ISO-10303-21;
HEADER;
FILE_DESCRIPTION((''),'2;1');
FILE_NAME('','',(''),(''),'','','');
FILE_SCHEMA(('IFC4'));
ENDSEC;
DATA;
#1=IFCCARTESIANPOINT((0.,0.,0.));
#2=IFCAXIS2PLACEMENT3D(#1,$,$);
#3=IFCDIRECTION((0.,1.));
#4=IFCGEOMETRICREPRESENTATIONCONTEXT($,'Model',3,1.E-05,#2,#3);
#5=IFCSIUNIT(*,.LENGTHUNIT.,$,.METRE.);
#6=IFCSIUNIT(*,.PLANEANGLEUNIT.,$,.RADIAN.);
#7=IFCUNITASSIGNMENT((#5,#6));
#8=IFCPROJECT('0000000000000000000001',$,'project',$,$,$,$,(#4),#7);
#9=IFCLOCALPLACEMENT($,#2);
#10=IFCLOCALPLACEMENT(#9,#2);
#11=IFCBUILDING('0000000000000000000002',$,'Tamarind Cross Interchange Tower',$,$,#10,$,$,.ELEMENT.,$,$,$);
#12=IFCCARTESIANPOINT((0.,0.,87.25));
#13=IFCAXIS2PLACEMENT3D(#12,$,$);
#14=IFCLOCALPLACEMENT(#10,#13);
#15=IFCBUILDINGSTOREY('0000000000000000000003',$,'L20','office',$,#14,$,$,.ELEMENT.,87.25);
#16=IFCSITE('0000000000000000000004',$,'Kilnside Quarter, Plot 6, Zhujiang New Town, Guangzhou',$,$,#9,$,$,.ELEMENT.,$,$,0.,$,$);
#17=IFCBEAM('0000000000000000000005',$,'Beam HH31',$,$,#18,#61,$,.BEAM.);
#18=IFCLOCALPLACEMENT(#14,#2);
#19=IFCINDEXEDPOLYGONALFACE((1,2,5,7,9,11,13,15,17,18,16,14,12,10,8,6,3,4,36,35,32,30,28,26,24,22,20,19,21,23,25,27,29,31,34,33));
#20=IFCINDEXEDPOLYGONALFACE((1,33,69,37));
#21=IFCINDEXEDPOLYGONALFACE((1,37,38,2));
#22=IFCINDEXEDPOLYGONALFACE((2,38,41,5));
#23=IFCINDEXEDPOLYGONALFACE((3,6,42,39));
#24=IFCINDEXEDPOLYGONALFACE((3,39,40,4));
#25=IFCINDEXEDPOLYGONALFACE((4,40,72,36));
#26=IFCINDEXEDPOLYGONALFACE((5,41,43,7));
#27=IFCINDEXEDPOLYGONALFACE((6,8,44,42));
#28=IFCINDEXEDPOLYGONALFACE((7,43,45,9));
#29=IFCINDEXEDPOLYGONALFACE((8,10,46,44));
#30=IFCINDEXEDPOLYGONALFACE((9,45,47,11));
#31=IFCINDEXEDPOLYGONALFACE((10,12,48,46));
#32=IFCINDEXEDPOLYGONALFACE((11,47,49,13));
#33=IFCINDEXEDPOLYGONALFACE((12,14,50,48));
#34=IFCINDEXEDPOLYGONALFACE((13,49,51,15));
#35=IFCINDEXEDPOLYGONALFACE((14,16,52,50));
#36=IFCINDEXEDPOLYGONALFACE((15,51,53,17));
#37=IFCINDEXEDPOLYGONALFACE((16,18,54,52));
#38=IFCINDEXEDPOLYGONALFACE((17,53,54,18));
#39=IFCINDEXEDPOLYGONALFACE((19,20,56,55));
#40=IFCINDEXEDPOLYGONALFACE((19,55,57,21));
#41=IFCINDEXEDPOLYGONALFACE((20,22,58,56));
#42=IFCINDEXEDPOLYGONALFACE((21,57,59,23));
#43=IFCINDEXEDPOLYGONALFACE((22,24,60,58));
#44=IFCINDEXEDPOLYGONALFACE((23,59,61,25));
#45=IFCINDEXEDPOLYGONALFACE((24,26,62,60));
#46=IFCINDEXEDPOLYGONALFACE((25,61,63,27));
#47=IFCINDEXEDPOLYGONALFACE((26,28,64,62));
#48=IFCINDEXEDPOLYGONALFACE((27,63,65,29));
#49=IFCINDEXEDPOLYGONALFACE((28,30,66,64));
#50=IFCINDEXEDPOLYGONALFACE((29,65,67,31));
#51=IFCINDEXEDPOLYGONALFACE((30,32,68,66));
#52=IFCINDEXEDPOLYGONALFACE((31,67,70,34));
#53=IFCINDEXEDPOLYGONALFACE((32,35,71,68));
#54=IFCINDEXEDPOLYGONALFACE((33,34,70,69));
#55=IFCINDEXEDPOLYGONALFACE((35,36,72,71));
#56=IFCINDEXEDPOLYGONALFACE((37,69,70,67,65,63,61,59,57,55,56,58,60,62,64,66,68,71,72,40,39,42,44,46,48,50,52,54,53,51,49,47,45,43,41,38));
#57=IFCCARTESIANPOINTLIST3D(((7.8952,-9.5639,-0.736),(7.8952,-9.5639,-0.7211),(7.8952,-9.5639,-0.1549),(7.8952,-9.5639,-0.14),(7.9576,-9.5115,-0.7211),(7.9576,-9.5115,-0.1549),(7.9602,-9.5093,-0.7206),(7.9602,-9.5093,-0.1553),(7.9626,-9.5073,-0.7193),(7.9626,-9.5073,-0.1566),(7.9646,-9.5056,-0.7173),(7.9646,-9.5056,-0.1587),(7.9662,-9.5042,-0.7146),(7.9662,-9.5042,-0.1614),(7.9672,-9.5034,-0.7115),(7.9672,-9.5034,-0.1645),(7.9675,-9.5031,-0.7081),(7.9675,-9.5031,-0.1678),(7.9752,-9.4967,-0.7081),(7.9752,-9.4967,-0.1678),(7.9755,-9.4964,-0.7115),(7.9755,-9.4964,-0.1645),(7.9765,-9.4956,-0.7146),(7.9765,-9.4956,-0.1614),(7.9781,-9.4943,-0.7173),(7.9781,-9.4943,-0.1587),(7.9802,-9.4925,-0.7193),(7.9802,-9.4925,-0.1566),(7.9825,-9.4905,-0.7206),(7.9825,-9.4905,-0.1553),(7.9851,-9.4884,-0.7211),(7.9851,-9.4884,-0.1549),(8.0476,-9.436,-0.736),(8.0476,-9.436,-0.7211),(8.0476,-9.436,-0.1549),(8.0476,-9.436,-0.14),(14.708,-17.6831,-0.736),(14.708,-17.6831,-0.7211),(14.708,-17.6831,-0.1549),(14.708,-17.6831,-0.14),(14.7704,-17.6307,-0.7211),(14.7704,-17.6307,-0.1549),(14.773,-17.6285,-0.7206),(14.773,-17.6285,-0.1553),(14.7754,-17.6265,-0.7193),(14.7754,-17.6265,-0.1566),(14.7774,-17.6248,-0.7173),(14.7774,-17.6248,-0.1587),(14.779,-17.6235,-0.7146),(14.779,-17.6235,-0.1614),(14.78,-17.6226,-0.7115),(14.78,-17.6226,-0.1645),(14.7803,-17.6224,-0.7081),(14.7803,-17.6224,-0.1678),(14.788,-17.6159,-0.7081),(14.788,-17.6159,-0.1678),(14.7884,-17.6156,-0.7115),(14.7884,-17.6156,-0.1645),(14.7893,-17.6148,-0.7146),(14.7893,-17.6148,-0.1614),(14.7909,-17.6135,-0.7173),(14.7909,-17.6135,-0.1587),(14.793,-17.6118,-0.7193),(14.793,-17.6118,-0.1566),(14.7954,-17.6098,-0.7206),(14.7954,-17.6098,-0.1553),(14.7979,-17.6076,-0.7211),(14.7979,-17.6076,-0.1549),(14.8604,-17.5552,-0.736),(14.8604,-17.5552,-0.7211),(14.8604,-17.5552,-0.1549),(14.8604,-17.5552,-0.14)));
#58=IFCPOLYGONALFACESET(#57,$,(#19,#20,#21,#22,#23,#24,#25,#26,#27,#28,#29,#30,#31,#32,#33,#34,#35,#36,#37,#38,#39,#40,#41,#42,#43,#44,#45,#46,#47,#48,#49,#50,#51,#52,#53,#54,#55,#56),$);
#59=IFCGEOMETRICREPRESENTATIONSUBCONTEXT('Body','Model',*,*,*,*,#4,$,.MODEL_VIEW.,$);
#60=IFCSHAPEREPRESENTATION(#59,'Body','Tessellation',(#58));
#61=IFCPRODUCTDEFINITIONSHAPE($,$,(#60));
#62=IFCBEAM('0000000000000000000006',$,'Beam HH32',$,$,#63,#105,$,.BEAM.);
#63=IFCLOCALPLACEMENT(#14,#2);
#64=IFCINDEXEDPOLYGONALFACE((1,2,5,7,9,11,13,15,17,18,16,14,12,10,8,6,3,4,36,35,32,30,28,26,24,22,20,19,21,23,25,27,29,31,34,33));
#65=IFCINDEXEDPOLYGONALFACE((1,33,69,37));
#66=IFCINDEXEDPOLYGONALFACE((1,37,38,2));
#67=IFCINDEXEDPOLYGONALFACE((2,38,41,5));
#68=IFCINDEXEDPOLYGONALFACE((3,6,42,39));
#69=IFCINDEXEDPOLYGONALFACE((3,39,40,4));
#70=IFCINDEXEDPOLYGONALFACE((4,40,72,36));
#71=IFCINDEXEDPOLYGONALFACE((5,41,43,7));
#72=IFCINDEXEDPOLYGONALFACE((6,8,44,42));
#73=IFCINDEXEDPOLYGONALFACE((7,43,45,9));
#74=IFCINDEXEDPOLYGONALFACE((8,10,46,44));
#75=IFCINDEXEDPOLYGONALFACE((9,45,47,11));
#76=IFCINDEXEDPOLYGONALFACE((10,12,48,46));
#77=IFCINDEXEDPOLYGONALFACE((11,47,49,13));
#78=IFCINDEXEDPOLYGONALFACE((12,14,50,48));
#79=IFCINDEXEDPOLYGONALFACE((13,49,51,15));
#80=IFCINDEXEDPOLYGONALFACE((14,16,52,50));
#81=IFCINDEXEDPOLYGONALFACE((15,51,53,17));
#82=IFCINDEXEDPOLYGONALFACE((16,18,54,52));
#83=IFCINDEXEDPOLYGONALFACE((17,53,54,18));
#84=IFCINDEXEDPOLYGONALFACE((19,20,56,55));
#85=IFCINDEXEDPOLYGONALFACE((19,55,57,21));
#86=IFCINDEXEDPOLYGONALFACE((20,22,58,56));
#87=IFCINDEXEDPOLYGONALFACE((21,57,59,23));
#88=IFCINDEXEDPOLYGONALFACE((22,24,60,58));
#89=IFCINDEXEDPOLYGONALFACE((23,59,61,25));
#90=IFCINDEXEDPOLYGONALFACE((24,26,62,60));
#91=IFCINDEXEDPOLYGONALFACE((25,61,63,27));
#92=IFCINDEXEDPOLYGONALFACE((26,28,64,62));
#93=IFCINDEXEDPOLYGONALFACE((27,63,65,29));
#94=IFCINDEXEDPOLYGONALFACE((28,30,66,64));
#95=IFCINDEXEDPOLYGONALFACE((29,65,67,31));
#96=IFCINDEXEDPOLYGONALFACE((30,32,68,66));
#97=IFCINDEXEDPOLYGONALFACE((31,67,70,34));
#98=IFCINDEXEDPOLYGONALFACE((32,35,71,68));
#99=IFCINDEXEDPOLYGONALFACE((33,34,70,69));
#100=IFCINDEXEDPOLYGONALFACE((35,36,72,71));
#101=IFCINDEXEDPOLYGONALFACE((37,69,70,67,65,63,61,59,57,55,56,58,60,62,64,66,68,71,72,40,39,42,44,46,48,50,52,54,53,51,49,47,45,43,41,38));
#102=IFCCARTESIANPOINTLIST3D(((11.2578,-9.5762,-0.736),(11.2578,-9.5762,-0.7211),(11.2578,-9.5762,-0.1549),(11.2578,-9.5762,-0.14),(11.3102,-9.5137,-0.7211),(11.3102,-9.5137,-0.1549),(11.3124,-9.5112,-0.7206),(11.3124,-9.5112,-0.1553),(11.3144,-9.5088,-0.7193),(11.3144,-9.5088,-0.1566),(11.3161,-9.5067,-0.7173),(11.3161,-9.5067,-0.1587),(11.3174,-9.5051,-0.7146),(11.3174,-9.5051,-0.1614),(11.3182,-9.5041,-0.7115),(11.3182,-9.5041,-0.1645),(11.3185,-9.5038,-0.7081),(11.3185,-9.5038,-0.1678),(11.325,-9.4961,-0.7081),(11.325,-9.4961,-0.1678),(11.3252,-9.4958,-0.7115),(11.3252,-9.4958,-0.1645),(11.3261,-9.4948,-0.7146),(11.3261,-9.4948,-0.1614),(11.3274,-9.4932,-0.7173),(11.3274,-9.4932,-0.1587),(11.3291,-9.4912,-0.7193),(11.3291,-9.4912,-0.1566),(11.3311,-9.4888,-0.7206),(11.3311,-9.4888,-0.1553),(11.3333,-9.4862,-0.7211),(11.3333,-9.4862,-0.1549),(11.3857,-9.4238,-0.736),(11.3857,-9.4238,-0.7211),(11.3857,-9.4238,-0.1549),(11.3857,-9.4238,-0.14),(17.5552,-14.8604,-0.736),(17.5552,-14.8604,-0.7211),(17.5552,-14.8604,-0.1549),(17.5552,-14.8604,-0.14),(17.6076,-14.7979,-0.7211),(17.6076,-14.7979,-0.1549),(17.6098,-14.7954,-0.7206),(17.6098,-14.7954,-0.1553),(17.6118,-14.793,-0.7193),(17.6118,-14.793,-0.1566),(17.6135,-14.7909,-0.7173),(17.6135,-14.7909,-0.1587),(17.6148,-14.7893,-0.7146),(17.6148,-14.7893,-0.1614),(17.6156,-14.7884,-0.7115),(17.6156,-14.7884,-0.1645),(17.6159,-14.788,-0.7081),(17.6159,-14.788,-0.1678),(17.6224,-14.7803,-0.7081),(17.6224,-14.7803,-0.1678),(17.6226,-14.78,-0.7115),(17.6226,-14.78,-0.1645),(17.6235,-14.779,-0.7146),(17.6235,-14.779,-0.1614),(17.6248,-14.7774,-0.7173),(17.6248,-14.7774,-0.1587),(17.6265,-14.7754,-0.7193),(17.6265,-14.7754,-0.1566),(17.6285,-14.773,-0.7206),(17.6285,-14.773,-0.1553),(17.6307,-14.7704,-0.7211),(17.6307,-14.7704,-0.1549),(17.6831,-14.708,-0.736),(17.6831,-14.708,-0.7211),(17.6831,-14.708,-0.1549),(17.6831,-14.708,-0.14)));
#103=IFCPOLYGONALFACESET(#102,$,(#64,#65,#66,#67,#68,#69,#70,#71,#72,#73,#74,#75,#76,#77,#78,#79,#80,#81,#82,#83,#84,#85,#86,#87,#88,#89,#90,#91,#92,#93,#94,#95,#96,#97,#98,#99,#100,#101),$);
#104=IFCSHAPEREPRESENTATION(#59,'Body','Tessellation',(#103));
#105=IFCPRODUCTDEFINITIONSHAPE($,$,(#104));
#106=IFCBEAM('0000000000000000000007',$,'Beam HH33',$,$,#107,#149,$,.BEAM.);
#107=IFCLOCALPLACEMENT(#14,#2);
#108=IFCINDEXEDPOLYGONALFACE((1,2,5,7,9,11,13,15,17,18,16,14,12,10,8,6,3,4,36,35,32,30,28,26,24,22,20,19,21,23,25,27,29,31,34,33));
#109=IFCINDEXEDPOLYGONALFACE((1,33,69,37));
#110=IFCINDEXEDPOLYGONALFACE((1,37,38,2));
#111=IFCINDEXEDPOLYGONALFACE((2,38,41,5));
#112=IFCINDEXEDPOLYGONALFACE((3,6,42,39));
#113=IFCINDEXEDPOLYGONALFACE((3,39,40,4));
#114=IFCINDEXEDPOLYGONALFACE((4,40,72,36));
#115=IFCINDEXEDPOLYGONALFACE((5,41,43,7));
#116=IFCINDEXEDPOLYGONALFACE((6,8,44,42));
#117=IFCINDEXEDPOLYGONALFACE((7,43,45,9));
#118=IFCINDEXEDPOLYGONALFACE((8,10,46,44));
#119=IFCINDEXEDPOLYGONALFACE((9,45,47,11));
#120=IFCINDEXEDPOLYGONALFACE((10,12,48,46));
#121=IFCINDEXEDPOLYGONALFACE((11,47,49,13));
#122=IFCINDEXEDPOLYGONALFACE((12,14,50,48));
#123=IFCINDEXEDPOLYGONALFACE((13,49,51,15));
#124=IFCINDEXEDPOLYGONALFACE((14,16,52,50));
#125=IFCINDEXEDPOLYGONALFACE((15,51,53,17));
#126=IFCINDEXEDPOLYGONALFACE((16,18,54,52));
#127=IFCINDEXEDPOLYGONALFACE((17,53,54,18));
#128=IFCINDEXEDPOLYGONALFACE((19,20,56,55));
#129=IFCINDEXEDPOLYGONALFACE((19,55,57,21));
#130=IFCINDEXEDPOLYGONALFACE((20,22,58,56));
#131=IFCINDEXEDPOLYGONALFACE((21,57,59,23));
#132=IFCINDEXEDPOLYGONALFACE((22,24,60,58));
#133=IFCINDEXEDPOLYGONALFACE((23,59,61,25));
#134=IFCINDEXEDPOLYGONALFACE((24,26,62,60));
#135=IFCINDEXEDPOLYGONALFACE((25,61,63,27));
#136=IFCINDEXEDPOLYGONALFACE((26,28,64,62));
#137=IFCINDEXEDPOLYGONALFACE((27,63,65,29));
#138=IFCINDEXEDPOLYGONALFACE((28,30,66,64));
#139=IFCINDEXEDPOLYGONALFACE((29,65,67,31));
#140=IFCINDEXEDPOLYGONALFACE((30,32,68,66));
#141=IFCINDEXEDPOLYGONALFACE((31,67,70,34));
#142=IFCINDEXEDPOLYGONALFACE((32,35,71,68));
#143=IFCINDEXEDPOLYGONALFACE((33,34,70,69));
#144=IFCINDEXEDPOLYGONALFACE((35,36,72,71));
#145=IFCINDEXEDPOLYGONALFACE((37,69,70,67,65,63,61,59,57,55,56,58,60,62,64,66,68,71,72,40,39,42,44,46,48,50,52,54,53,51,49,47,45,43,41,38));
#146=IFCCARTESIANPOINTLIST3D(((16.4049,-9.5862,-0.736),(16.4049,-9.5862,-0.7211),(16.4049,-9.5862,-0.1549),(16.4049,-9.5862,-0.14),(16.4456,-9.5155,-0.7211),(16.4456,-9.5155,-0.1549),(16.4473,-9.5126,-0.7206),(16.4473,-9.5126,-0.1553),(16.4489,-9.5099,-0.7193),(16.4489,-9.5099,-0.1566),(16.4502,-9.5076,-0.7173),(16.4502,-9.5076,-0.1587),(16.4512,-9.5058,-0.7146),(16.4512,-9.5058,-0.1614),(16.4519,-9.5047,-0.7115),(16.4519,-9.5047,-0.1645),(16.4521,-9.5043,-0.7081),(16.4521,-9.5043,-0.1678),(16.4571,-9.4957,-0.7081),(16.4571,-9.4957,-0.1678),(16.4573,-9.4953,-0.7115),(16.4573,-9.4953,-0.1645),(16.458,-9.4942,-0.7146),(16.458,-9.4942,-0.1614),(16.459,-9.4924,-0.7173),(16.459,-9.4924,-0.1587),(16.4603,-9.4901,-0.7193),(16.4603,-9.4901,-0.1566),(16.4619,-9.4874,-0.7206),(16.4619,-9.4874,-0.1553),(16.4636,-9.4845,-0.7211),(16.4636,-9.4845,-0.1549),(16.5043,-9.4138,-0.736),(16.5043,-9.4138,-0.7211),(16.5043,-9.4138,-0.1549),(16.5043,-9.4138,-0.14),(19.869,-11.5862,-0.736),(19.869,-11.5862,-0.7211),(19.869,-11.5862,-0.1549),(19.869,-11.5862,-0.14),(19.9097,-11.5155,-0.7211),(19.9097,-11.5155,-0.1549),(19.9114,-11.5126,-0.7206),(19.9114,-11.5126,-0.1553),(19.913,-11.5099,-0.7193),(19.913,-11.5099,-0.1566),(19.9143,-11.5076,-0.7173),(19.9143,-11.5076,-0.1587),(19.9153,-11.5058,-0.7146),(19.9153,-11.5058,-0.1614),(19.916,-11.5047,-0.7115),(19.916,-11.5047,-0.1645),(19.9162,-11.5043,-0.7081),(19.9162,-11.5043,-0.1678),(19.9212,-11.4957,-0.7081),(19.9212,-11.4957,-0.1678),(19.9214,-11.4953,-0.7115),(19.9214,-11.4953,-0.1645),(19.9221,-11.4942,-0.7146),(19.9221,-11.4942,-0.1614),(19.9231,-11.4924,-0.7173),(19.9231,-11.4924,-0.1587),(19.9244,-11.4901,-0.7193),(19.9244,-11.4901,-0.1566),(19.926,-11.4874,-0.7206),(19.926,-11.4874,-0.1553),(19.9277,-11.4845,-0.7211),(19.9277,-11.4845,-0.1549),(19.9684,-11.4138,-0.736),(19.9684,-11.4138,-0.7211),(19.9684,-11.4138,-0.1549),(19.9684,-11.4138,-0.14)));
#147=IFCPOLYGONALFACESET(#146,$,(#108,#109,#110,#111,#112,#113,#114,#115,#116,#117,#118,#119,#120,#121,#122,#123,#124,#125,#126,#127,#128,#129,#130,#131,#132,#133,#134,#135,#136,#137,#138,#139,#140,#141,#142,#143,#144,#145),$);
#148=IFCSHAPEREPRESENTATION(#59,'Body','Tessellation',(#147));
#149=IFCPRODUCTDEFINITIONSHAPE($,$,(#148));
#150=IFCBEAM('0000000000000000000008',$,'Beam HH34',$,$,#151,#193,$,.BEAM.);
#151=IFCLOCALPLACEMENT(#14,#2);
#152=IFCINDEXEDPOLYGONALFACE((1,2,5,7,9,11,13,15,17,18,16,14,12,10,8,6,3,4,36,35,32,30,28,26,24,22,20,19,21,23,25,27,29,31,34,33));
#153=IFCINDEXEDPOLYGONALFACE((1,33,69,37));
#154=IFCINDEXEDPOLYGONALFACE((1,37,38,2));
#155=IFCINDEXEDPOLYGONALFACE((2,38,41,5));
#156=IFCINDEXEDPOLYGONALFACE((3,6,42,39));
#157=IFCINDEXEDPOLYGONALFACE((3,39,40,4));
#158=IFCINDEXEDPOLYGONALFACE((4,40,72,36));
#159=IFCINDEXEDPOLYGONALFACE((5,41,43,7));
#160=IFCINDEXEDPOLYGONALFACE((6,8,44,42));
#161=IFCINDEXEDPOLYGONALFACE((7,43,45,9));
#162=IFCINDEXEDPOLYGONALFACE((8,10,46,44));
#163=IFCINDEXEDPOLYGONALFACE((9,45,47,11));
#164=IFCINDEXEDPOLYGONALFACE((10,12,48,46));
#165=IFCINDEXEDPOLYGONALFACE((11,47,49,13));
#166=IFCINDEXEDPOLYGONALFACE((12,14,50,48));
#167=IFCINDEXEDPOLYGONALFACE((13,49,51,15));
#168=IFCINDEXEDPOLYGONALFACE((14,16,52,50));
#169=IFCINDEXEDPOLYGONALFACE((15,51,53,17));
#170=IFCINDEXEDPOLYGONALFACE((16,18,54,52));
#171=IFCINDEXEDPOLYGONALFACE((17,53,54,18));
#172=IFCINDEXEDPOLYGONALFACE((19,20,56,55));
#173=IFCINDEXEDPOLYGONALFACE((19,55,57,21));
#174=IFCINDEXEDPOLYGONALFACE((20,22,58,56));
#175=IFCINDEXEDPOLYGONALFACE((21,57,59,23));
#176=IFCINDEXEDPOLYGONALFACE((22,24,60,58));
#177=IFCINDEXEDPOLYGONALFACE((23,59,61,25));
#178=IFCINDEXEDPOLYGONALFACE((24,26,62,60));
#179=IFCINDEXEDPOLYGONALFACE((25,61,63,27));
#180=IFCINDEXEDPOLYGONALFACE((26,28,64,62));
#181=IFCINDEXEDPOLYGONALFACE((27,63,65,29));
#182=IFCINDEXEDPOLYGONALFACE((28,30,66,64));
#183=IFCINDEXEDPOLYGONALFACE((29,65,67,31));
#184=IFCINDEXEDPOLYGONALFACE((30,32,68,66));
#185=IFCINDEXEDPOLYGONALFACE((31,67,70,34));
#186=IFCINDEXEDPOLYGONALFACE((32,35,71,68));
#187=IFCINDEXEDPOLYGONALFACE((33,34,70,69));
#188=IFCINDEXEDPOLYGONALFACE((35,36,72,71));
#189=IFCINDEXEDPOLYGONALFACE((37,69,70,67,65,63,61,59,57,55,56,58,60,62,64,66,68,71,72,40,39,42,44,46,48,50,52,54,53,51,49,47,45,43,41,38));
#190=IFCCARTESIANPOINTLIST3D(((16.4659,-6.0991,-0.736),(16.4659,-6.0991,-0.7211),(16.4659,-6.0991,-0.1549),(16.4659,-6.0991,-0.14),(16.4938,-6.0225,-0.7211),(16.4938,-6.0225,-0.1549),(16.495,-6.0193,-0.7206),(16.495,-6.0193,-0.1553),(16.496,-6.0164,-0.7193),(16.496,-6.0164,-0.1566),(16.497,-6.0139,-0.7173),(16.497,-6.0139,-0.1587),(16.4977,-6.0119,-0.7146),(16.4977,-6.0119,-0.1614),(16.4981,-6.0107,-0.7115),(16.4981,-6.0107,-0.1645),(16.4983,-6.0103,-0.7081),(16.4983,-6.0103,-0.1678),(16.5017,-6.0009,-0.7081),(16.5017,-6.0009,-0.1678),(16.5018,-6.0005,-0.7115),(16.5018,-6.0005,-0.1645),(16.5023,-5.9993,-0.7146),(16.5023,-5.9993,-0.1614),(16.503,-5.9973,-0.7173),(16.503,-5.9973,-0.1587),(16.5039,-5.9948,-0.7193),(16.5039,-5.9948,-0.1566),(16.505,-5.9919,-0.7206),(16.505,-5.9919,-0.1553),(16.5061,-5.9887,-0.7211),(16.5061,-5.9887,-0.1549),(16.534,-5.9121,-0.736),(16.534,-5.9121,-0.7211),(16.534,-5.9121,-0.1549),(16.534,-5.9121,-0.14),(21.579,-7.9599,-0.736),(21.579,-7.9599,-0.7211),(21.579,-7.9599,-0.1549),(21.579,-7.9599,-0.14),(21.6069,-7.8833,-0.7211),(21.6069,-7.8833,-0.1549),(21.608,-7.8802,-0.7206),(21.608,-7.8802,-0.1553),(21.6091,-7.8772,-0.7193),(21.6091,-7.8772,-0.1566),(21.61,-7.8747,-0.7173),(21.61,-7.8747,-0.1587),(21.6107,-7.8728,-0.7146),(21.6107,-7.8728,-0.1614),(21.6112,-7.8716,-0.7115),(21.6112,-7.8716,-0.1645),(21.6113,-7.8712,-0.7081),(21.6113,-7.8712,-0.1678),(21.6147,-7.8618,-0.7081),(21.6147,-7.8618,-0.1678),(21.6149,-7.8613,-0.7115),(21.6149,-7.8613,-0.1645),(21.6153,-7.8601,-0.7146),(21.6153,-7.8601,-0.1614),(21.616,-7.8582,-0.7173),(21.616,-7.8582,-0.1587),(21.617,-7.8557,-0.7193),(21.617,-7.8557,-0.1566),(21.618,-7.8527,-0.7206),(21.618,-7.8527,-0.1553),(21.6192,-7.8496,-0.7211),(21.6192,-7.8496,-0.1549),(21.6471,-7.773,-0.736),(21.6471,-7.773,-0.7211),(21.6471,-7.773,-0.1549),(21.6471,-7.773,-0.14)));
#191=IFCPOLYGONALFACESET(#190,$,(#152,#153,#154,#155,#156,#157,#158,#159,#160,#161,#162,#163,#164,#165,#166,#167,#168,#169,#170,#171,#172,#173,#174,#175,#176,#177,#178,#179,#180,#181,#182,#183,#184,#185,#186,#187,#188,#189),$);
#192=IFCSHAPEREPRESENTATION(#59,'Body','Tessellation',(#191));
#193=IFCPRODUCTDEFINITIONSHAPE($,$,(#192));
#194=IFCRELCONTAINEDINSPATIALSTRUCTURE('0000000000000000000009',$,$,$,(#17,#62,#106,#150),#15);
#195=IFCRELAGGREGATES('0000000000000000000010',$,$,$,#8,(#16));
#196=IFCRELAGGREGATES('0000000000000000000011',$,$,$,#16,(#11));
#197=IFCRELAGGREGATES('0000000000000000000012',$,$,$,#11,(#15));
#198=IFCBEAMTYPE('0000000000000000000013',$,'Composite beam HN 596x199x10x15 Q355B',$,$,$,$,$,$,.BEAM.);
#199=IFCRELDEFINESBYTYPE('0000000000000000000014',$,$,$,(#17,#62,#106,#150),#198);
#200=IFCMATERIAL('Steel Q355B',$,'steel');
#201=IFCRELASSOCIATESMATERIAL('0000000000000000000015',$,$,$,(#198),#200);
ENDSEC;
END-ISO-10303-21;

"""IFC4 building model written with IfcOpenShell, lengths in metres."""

from ifc_helpers import new_model, si_unit, direction, frame, origin, origin_2d, place, context, subcontext, project, spatial, i_section, extrude, material, material_profile, profile_set, type_object, element, save


model = new_model("IFC4")

# Units and contexts
model_context = context("Model", 3, precision=1e-05, world=origin(), true_north=direction((0.0, 1.0)))
body_context = subcontext(model_context, "Body", "Model", "MODEL_VIEW")
ifc_project = project(units=[si_unit("LENGTHUNIT", "METRE"), si_unit("PLANEANGLEUNIT", "RADIAN")], contexts=[model_context])

# Site, building, storey
site_placement = place(None, origin())
site = spatial("IfcSite", under=ifc_project, at=site_placement, Name="Kilnside Quarter, Plot 6, Zhujiang New Town, Guangzhou", CompositionType="ELEMENT", RefElevation=0.0)
building_placement = place(site_placement, origin())
building = spatial("IfcBuilding", under=site, at=building_placement, Name="Tamarind Cross Interchange Tower", CompositionType="ELEMENT")
storey_placement = place(building_placement, frame((0.0, 0.0, 87.25)))
storey = spatial("IfcBuildingStorey", under=building, at=storey_placement, Name="L20", Description="office", CompositionType="ELEMENT", Elevation=87.25)

# Beams
ifc_material_1 = material(Name="Steel Q355B", Category="steel")
ifc_material_profile_1 = material_profile(ifc_material_1, i_section(OverallWidth=0.199, OverallDepth=0.5959, WebThickness=0.01, FlangeThickness=0.0149, FilletRadius=0.0129, at=origin_2d()), Name="HN 596x199x10x15")
ifc_profile_set_1 = profile_set([ifc_material_profile_1], Name="Steel Q355B")
beam_type = type_object("IfcBeamType", Name="Composite beam HN 596x199x10x15 Q355B", PredefinedType="BEAM", material=ifc_profile_set_1)
beam_1_placement = place(storey_placement, frame((14.7842, -17.6191, -0.438), z_axis=(-0.642786, 0.766046, 0.0), x_axis=(-0.766046, -0.642786, 0.0)))
element("IfcBeam", 1, at=beam_1_placement, inside=storey, type_object=beam_type, Name="Beam HH31", PredefinedType="BEAM", context=body_context, shape_type="SweptSolid", body=[
    extrude(i_section(OverallWidth=0.199, OverallDepth=0.5959, WebThickness=0.01, FlangeThickness=0.0149, FilletRadius=0.0129, at=origin_2d()), origin(), (0.0, 0.0, 1.0), 10.5989),
])
beam_2_placement = place(storey_placement, frame((17.6191, -14.7842, -0.438), z_axis=(-0.766041, 0.642792, 0.0), x_axis=(-0.642792, -0.766041, 0.0)))
element("IfcBeam", 2, at=beam_2_placement, inside=storey, type_object=beam_type, Name="Beam HH32", PredefinedType="BEAM", context=body_context, shape_type="SweptSolid", body=[
    extrude(i_section(OverallWidth=0.199, OverallDepth=0.5959, WebThickness=0.01, FlangeThickness=0.0149, FilletRadius=0.0129, at=origin_2d()), origin(), (0.0, 0.0, 1.0), 8.2207),
])
beam_3_placement = place(storey_placement, frame((19.9187, -11.5, -0.438), z_axis=(-0.866026, 0.499999, 0.0), x_axis=(-0.499999, -0.866026, 0.0)))
element("IfcBeam", 3, at=beam_3_placement, inside=storey, type_object=beam_type, Name="Beam HH33", PredefinedType="BEAM", context=body_context, shape_type="SweptSolid", body=[
    extrude(i_section(OverallWidth=0.199, OverallDepth=0.5959, WebThickness=0.01, FlangeThickness=0.0149, FilletRadius=0.0129, at=origin_2d()), origin(), (0.0, 0.0, 1.0), 4.0),
])
beam_4_placement = place(storey_placement, frame((21.613, -7.8665, -0.438), z_axis=(-0.939702, 0.341995, 0.0), x_axis=(-0.341995, -0.939702, 0.0)))
element("IfcBeam", 4, at=beam_4_placement, inside=storey, type_object=beam_type, Name="Beam HH34", PredefinedType="BEAM", context=body_context, shape_type="SweptSolid", body=[
    extrude(i_section(OverallWidth=0.199, OverallDepth=0.5959, WebThickness=0.01, FlangeThickness=0.0149, FilletRadius=0.0129, at=origin_2d()), origin(), (0.0, 0.0, 1.0), 5.4412),
])

save(model, "model.ifc")
